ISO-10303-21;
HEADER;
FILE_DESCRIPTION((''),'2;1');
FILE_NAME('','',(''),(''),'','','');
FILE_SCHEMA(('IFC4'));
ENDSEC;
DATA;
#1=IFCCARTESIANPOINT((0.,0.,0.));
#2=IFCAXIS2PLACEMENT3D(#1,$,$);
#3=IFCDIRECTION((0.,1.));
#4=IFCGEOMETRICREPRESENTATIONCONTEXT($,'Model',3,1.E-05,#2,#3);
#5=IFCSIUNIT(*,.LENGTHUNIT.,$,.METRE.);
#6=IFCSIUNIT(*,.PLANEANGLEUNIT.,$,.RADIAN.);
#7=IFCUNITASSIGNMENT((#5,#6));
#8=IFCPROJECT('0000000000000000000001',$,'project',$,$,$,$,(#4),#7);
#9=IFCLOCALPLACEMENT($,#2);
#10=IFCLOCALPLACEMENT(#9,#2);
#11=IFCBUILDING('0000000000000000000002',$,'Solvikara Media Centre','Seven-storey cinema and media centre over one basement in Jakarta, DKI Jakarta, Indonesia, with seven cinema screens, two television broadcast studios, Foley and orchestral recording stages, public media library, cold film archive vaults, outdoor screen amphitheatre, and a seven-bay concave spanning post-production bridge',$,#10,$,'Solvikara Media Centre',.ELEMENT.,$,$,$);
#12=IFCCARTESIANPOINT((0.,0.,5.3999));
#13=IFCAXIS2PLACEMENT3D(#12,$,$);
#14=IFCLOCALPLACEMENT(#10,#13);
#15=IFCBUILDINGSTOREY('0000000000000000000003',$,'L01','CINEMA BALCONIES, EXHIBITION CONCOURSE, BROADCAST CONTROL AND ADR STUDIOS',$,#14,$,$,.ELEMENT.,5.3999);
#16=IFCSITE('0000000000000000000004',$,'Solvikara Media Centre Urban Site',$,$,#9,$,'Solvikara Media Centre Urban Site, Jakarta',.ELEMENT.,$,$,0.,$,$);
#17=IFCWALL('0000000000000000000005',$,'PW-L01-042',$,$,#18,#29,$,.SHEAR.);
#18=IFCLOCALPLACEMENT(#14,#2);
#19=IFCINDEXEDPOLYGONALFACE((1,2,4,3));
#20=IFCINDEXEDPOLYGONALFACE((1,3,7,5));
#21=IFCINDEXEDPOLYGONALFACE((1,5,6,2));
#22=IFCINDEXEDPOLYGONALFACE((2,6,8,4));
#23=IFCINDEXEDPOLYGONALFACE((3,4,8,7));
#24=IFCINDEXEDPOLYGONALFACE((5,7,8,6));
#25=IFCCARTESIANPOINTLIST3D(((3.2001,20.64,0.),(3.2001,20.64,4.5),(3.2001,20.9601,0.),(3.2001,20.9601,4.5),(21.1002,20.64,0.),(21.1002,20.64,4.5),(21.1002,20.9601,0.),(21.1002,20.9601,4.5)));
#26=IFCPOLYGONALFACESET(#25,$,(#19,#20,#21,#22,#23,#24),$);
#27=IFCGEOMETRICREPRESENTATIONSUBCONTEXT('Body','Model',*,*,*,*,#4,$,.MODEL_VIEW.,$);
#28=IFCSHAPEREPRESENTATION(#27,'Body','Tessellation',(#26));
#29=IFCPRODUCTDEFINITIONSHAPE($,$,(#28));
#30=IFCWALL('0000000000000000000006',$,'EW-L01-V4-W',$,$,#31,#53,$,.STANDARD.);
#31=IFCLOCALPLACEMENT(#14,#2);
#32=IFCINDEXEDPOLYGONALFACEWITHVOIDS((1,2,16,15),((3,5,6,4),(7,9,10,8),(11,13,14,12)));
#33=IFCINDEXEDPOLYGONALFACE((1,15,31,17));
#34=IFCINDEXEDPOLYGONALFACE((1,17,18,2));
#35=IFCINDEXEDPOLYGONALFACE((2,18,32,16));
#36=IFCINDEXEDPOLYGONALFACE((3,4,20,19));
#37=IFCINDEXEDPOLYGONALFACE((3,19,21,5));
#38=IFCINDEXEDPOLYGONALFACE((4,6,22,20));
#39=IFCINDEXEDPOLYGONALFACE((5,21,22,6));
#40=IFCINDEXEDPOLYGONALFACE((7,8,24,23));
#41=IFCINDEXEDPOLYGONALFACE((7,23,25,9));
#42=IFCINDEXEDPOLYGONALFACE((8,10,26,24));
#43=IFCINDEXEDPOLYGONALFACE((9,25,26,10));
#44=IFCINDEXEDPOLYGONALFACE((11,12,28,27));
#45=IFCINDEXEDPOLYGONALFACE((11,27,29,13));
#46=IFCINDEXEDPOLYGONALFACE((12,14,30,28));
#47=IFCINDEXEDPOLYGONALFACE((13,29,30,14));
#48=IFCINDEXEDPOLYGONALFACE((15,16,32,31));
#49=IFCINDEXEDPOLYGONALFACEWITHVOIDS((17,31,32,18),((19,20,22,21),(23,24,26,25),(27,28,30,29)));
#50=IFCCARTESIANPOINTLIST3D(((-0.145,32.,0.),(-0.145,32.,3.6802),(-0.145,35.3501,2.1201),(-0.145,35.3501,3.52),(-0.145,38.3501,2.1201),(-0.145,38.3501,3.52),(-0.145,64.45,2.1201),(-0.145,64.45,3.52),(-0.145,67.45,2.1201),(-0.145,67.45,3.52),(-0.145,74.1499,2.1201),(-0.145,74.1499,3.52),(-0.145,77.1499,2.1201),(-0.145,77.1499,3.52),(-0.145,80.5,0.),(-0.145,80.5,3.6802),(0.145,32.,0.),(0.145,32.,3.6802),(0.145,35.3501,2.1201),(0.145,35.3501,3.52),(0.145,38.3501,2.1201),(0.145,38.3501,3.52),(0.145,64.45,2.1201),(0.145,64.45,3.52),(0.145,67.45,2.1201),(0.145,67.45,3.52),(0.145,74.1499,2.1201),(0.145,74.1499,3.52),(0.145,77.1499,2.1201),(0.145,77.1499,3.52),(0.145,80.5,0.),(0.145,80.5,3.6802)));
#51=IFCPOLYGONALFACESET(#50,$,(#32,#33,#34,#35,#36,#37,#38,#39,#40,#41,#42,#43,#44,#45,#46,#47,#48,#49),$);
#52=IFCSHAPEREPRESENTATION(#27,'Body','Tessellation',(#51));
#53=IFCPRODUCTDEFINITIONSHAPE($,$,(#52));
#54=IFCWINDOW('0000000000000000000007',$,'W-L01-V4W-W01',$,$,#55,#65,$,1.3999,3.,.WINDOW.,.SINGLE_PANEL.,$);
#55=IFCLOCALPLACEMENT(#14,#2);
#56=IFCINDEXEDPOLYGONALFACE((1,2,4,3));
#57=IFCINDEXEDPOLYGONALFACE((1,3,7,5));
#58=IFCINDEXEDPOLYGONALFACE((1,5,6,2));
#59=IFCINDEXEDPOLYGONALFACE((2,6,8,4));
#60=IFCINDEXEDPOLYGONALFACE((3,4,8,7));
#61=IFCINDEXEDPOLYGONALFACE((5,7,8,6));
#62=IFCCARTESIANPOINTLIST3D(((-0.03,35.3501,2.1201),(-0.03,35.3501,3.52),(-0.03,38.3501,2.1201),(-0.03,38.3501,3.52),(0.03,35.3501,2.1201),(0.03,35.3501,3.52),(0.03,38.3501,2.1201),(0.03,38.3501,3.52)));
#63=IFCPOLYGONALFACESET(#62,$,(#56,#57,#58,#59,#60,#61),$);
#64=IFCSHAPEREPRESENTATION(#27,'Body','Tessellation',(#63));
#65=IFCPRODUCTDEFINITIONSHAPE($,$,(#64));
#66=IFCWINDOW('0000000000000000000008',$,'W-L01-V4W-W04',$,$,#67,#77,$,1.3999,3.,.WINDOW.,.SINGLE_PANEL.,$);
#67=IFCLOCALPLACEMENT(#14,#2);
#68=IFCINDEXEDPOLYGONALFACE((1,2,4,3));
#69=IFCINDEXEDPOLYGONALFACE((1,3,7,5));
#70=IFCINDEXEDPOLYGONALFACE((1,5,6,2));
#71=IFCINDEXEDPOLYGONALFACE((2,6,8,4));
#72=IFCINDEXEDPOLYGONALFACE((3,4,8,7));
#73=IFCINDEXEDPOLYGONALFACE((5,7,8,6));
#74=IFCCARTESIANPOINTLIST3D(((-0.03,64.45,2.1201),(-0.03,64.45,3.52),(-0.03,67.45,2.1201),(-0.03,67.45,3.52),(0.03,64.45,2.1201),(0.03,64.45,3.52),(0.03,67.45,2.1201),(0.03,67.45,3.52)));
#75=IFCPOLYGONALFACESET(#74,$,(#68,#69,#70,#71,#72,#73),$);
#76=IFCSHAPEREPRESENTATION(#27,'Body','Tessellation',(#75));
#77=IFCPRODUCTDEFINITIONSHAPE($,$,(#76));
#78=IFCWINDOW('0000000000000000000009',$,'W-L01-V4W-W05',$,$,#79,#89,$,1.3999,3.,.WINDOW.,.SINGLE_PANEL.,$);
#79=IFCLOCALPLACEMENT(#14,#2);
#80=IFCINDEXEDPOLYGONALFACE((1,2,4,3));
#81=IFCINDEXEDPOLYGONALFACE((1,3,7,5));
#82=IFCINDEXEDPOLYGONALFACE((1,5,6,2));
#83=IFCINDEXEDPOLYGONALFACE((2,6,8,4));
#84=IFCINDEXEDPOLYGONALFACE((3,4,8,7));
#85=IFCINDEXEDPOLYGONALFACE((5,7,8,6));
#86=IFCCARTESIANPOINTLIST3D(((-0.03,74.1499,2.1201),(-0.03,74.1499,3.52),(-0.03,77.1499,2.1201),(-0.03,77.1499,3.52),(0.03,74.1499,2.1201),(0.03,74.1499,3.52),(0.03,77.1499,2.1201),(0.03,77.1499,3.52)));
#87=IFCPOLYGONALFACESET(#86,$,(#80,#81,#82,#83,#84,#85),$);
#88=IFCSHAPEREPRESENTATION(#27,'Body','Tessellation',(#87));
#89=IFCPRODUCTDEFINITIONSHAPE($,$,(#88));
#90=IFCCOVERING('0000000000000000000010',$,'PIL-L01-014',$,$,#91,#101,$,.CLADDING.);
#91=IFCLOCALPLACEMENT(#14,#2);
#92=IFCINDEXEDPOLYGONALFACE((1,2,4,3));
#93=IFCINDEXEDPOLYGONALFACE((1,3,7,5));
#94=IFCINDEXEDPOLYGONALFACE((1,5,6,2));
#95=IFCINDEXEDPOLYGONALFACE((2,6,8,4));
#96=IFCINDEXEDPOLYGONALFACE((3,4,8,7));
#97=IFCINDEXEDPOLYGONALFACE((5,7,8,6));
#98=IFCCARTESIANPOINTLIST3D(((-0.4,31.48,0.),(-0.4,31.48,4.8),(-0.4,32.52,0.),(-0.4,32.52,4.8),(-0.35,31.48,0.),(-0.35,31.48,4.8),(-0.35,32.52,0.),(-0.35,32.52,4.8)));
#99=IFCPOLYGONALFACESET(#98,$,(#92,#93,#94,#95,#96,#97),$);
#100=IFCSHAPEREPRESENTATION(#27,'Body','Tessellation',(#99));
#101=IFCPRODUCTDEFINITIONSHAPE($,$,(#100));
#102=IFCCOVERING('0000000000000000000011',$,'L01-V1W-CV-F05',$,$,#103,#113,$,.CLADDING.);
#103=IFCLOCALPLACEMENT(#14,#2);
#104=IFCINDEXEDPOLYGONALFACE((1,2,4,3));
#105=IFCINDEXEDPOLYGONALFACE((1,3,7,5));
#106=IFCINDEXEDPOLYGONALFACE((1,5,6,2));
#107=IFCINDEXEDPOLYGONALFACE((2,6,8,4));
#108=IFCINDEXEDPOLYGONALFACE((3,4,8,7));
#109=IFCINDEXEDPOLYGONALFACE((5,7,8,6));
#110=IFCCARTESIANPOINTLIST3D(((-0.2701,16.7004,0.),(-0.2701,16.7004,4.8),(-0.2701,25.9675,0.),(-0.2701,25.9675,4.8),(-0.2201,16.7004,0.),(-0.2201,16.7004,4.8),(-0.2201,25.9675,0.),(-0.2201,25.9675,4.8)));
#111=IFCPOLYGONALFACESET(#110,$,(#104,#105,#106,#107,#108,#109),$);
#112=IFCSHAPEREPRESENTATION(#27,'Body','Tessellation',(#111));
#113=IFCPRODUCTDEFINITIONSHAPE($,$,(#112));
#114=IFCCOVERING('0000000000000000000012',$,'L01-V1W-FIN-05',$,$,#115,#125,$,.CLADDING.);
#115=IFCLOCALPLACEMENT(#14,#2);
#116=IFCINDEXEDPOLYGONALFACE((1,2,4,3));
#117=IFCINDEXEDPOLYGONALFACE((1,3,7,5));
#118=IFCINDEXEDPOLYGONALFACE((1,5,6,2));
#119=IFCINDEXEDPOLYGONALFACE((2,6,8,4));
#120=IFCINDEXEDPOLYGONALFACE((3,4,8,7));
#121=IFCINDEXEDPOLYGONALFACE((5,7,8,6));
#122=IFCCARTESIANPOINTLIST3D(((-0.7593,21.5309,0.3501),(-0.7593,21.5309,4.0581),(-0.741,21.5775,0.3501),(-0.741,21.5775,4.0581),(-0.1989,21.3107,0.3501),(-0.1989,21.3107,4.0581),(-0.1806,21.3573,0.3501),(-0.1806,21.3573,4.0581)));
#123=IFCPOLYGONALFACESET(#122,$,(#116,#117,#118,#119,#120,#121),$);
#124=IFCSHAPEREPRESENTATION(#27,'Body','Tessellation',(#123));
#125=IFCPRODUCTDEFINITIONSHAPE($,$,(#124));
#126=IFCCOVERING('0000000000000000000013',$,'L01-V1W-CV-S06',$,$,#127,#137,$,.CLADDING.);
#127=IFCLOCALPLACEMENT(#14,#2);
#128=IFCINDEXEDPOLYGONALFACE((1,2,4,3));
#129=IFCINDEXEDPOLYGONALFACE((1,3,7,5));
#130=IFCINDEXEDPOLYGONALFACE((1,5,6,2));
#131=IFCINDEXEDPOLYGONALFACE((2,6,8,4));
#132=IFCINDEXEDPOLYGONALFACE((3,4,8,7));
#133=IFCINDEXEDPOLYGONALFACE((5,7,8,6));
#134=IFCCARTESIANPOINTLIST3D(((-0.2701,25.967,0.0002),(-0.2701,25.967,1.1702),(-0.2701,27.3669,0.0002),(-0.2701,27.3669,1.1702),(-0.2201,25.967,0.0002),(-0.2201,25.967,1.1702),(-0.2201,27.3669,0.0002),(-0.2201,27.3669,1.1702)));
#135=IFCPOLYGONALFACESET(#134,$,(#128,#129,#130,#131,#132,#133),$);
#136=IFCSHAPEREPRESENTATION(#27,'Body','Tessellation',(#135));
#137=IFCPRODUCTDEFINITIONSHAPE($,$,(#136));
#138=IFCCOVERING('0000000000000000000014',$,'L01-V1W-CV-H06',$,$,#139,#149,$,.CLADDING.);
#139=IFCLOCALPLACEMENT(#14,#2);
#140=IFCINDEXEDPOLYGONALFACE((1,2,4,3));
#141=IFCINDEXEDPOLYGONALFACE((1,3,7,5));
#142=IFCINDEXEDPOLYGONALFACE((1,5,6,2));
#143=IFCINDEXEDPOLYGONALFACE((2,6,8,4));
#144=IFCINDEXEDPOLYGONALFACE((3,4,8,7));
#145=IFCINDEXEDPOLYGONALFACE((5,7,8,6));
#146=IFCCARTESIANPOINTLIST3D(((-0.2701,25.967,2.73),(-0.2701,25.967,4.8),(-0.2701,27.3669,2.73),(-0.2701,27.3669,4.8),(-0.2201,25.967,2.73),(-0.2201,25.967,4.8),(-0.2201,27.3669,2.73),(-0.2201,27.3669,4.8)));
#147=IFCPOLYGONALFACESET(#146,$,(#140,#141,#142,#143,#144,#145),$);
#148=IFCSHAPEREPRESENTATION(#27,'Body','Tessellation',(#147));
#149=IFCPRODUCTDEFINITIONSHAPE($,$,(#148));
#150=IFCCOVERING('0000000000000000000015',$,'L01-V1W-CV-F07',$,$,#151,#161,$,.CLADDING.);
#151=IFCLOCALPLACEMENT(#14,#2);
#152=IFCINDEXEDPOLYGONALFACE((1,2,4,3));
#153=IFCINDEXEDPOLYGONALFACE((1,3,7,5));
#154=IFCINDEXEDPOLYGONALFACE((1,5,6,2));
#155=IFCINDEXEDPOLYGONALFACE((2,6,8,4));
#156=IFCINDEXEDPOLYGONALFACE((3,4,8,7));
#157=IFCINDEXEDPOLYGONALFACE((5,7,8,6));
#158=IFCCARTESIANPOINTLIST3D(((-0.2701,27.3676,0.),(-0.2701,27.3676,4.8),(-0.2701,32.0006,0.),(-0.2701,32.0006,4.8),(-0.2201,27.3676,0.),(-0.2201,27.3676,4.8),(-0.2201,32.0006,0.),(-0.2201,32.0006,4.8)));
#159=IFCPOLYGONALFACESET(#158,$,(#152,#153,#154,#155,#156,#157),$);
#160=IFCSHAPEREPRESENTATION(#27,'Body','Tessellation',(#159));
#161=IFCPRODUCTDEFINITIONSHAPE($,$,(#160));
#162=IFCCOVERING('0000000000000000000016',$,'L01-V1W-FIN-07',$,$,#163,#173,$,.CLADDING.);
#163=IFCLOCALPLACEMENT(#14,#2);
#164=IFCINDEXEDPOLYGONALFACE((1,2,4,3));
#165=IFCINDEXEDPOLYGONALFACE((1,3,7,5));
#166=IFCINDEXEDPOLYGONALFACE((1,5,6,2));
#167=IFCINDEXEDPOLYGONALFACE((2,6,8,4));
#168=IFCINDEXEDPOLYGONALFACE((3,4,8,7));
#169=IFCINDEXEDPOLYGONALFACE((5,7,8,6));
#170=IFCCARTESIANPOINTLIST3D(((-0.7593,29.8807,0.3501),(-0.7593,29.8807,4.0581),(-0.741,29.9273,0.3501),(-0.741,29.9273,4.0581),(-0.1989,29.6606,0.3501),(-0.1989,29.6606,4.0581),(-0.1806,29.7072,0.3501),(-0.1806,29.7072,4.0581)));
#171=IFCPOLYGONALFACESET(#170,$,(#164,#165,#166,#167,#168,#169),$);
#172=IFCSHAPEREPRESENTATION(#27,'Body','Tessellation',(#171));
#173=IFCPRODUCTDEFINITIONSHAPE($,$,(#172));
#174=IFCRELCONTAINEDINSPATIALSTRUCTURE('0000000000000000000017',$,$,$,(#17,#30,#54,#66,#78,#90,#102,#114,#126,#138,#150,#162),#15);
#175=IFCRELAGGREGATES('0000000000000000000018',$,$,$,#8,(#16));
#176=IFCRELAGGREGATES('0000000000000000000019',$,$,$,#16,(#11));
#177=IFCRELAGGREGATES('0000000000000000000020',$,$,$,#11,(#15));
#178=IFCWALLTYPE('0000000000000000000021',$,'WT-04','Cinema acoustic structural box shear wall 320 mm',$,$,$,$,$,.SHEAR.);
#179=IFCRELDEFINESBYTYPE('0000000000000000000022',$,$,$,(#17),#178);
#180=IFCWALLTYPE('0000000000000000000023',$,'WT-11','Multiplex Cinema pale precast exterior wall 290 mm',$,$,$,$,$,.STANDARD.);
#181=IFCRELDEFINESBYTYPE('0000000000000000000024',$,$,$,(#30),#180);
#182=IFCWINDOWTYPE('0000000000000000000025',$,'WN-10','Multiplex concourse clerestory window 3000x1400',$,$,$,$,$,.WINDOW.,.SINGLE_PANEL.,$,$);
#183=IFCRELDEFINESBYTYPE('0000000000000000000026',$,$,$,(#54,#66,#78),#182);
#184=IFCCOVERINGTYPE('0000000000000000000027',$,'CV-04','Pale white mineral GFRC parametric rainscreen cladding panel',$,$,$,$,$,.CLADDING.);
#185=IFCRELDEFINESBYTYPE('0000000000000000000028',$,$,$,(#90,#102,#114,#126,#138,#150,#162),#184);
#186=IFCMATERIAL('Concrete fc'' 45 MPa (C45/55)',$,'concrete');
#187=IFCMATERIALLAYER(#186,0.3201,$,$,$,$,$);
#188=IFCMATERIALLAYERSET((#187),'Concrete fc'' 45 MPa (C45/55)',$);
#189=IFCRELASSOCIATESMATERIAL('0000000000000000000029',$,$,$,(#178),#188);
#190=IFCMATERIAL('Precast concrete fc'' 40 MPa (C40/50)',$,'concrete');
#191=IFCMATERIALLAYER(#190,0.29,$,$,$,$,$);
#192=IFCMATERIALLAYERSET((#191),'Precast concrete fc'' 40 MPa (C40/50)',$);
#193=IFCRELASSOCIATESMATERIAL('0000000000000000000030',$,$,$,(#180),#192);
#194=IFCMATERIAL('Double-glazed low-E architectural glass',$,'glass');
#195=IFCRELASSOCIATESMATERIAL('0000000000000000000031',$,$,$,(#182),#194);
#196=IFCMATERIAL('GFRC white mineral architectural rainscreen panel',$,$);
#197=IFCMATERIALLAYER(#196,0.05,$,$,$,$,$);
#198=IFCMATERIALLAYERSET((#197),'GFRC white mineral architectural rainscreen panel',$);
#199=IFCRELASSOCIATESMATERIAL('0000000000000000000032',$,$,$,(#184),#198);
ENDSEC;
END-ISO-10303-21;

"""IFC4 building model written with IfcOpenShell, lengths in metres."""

from ifc_helpers import new_model, si_unit, direction, frame, frame_2d, origin, origin_2d, place, context, subcontext, project, spatial, rectangle, extrude, material, layer, layer_set, type_object, element, fill, save


model = new_model("IFC4")

# Units and contexts
model_context = context("Model", 3, precision=1e-05, world=origin(), true_north=direction((0.0, 1.0)))
body_context = subcontext(model_context, "Body", "Model", "MODEL_VIEW")
ifc_project = project(units=[si_unit("LENGTHUNIT", "METRE"), si_unit("PLANEANGLEUNIT", "RADIAN")], contexts=[model_context])

# Site, building, storey
site_placement = place(None, origin())
site = spatial("IfcSite", under=ifc_project, at=site_placement, Name="Solvikara Media Centre Urban Site", LongName="Solvikara Media Centre Urban Site, Jakarta", CompositionType="ELEMENT", RefElevation=0.0)
building_placement = place(site_placement, origin())
building = spatial("IfcBuilding", under=site, at=building_placement, Name="Solvikara Media Centre", Description="Seven-storey cinema and media centre over one basement in Jakarta, DKI Jakarta, Indonesia, with seven cinema screens, two television broadcast studios, Foley and orchestral recording stages, public media library, cold film archive vaults, outdoor screen amphitheatre, and a seven-bay concave spanning post-production bridge", LongName="Solvikara Media Centre", CompositionType="ELEMENT")
storey_placement = place(building_placement, frame((0.0, 0.0, 5.3999)))
storey = spatial("IfcBuildingStorey", under=building, at=storey_placement, Name="L01", Description="CINEMA BALCONIES, EXHIBITION CONCOURSE, BROADCAST CONTROL AND ADR STUDIOS", CompositionType="ELEMENT", Elevation=5.3999)

# Shared definitions
ifc_material_1 = material(Name="Concrete fc' 45 MPa (C45/55)", Category="concrete")

# Wall
ifc_layer_1 = layer(ifc_material_1, 0.3201)
ifc_layer_set_1 = layer_set([ifc_layer_1], Name="Concrete fc' 45 MPa (C45/55)")
wall_type_1 = type_object("IfcWallType", Name="WT-04", Description="Cinema acoustic structural box shear wall 320 mm", PredefinedType="SHEAR", material=ifc_layer_set_1)
wall_1_placement = place(storey_placement, frame((3.2, 20.8, 0.0), z_axis=(0.0, 0.0, 1.0), x_axis=(1.0, 0.0, 0.0)))
element("IfcWall", 1, at=wall_1_placement, inside=storey, type_object=wall_type_1, Name="PW-L01-042", PredefinedType="SHEAR", context=body_context, shape_type="SweptSolid", body=[
    extrude(rectangle(XDim=17.9001, YDim=0.3201, at=frame_2d((8.9502, 0.0))), origin(), (0.0, 0.0, 1.0), 4.5),
])

# Wall, openings, windows
ifc_material_2 = material(Name="Precast concrete fc' 40 MPa (C40/50)", Category="concrete")
ifc_layer_2 = layer(ifc_material_2, 0.29)
ifc_layer_set_2 = layer_set([ifc_layer_2], Name="Precast concrete fc' 40 MPa (C40/50)")
wall_type_2 = type_object("IfcWallType", Name="WT-11", Description="Multiplex Cinema pale precast exterior wall 290 mm", PredefinedType="STANDARD", material=ifc_layer_set_2)
wall_2_placement = place(storey_placement, frame((0.0, 32.0, 0.0), z_axis=(0.0, 0.0, 1.0), x_axis=(0.0, 1.0, 0.0)))
wall_2 = element("IfcWall", 2, at=wall_2_placement, inside=storey, type_object=wall_type_2, Name="EW-L01-V4-W", PredefinedType="STANDARD", context=body_context, shape_type="SweptSolid", body=[
    extrude(rectangle(XDim=48.5, YDim=0.29, at=frame_2d((24.25, 0.0))), origin(), (0.0, 0.0, 1.0), 3.6802),
])
opening_1_placement = place(wall_2_placement, frame((3.3501, 0.0, 2.1201)))
opening_1 = element("IfcOpeningElement", 3, at=opening_1_placement, cuts=wall_2, PredefinedType="OPENING", context=body_context, shape_type="SweptSolid", body=[
    extrude(rectangle(XDim=3.0, YDim=1.3999, at=frame_2d((1.5, 0.7))), frame((0.0, 0.157, 0.0), z_axis=(0.0, -1.0, 0.0), x_axis=(1.0, 0.0, 0.0)), (0.0, 0.0, 1.0), 0.314),
])
opening_2_placement = place(wall_2_placement, frame((32.45, 0.0, 2.1201)))
opening_2 = element("IfcOpeningElement", 4, at=opening_2_placement, cuts=wall_2, PredefinedType="OPENING", context=body_context, shape_type="SweptSolid", body=[
    extrude(rectangle(XDim=3.0, YDim=1.3999, at=frame_2d((1.5, 0.7))), frame((0.0, 0.157, 0.0), z_axis=(0.0, -1.0, 0.0), x_axis=(1.0, 0.0, 0.0)), (0.0, 0.0, 1.0), 0.314),
])
opening_3_placement = place(wall_2_placement, frame((42.1499, 0.0, 2.1201)))
opening_3 = element("IfcOpeningElement", 5, at=opening_3_placement, cuts=wall_2, PredefinedType="OPENING", context=body_context, shape_type="SweptSolid", body=[
    extrude(rectangle(XDim=3.0, YDim=1.3999, at=frame_2d((1.5, 0.7))), frame((0.0, 0.157, 0.0), z_axis=(0.0, -1.0, 0.0), x_axis=(1.0, 0.0, 0.0)), (0.0, 0.0, 1.0), 0.314),
])
ifc_material_3 = material(Name="Double-glazed low-E architectural glass", Category="glass")
window_type = type_object("IfcWindowType", Name="WN-10", Description="Multiplex concourse clerestory window 3000x1400", PartitioningType="SINGLE_PANEL", PredefinedType="WINDOW", material=ifc_material_3)
window_1_placement = place(opening_1_placement, origin())
window_1 = element("IfcWindow", 6, at=window_1_placement, inside=storey, type_object=window_type, Name="W-L01-V4W-W01", OverallHeight=1.3999, OverallWidth=3.0, PartitioningType="SINGLE_PANEL", PredefinedType="WINDOW", context=body_context, shape_type="SweptSolid", body=[
    extrude(rectangle(XDim=3.0, YDim=1.3999, at=frame_2d((1.5, 0.7))), frame((0.0, 0.03, 0.0), z_axis=(0.0, -1.0, 0.0), x_axis=(1.0, 0.0, 0.0)), (0.0, 0.0, 1.0), 0.0601),
])
fill(opening_1, window_1)
window_2_placement = place(opening_2_placement, origin())
window_2 = element("IfcWindow", 7, at=window_2_placement, inside=storey, type_object=window_type, Name="W-L01-V4W-W04", OverallHeight=1.3999, OverallWidth=3.0, PartitioningType="SINGLE_PANEL", PredefinedType="WINDOW", context=body_context, shape_type="SweptSolid", body=[
    extrude(rectangle(XDim=3.0, YDim=1.3999, at=frame_2d((1.5, 0.7))), frame((0.0, 0.03, 0.0), z_axis=(0.0, -1.0, 0.0), x_axis=(1.0, 0.0, 0.0)), (0.0, 0.0, 1.0), 0.0601),
])
fill(opening_2, window_2)
window_3_placement = place(opening_3_placement, origin())
window_3 = element("IfcWindow", 8, at=window_3_placement, inside=storey, type_object=window_type, Name="W-L01-V4W-W05", OverallHeight=1.3999, OverallWidth=3.0, PartitioningType="SINGLE_PANEL", PredefinedType="WINDOW", context=body_context, shape_type="SweptSolid", body=[
    extrude(rectangle(XDim=3.0, YDim=1.3999, at=frame_2d((1.5, 0.7))), frame((0.0, 0.03, 0.0), z_axis=(0.0, -1.0, 0.0), x_axis=(1.0, 0.0, 0.0)), (0.0, 0.0, 1.0), 0.0601),
])
fill(opening_3, window_3)

# Coverings
ifc_material_4 = material(Name="GFRC white mineral architectural rainscreen panel")
ifc_layer_3 = layer(ifc_material_4, 0.05)
ifc_layer_set_3 = layer_set([ifc_layer_3], Name="GFRC white mineral architectural rainscreen panel")
covering_type = type_object("IfcCoveringType", Name="CV-04", Description="Pale white mineral GFRC parametric rainscreen cladding panel", PredefinedType="CLADDING", material=ifc_layer_set_3)
covering_1_placement = place(storey_placement, frame((-0.375, 32.0, 0.0), z_axis=(0.0, 0.0, 1.0), x_axis=(0.0, -1.0, 0.0)))
element("IfcCovering", 9, at=covering_1_placement, inside=storey, type_object=covering_type, Name="PIL-L01-014", PredefinedType="CLADDING", context=body_context, shape_type="SweptSolid", body=[
    extrude(rectangle(XDim=1.04, YDim=0.05, at=origin_2d()), origin(), (0.0, 0.0, 1.0), 4.8),
])
covering_2_placement = place(storey_placement, frame((-0.2451, 21.334, 0.0), z_axis=(0.0, 0.0, 1.0), x_axis=(0.0, 1.0, 0.0)))
element("IfcCovering", 10, at=covering_2_placement, inside=storey, type_object=covering_type, Name="L01-V1W-CV-F05", PredefinedType="CLADDING", context=body_context, shape_type="SweptSolid", body=[
    extrude(rectangle(XDim=9.2671, YDim=0.05, at=origin_2d()), origin(), (0.0, 0.0, 1.0), 4.8),
])
covering_3_placement = place(storey_placement, frame((-0.47, 21.4441, 0.3501), z_axis=(0.0, 0.0, 1.0), x_axis=(-0.93075, 0.365657, 0.0)))
element("IfcCovering", 11, at=covering_3_placement, inside=storey, type_object=covering_type, Name="L01-V1W-FIN-05", PredefinedType="CLADDING", context=body_context, shape_type="SweptSolid", body=[
    extrude(rectangle(XDim=0.6021, YDim=0.05, at=origin_2d()), origin(), (0.0, 0.0, 1.0), 3.708),
])
covering_4_placement = place(storey_placement, frame((-0.2451, 26.667, 0.0002), z_axis=(0.0, 0.0, 1.0), x_axis=(0.0, 1.0, 0.0)))
element("IfcCovering", 12, at=covering_4_placement, inside=storey, type_object=covering_type, Name="L01-V1W-CV-S06", PredefinedType="CLADDING", context=body_context, shape_type="SweptSolid", body=[
    extrude(rectangle(XDim=1.3999, YDim=0.05, at=origin_2d()), origin(), (0.0, 0.0, 1.0), 1.1699),
])
covering_5_placement = place(storey_placement, frame((-0.2451, 26.667, 2.73), z_axis=(0.0, 0.0, 1.0), x_axis=(0.0, 1.0, 0.0)))
element("IfcCovering", 13, at=covering_5_placement, inside=storey, type_object=covering_type, Name="L01-V1W-CV-H06", PredefinedType="CLADDING", context=body_context, shape_type="SweptSolid", body=[
    extrude(rectangle(XDim=1.3999, YDim=0.05, at=origin_2d()), origin(), (0.0, 0.0, 1.0), 2.0701),
])
covering_6_placement = place(storey_placement, frame((-0.2451, 29.6841, 0.0), z_axis=(0.0, 0.0, 1.0), x_axis=(0.0, 1.0, 0.0)))
element("IfcCovering", 14, at=covering_6_placement, inside=storey, type_object=covering_type, Name="L01-V1W-CV-F07", PredefinedType="CLADDING", context=body_context, shape_type="SweptSolid", body=[
    extrude(rectangle(XDim=4.6331, YDim=0.05, at=origin_2d()), origin(), (0.0, 0.0, 1.0), 4.8),
])
covering_7_placement = place(storey_placement, frame((-0.47, 29.7939, 0.3501), z_axis=(0.0, 0.0, 1.0), x_axis=(-0.93075, 0.365657, 0.0)))
element("IfcCovering", 15, at=covering_7_placement, inside=storey, type_object=covering_type, Name="L01-V1W-FIN-07", PredefinedType="CLADDING", context=body_context, shape_type="SweptSolid", body=[
    extrude(rectangle(XDim=0.6021, YDim=0.05, at=origin_2d()), origin(), (0.0, 0.0, 1.0), 3.708),
])

save(model, "model.ifc")
